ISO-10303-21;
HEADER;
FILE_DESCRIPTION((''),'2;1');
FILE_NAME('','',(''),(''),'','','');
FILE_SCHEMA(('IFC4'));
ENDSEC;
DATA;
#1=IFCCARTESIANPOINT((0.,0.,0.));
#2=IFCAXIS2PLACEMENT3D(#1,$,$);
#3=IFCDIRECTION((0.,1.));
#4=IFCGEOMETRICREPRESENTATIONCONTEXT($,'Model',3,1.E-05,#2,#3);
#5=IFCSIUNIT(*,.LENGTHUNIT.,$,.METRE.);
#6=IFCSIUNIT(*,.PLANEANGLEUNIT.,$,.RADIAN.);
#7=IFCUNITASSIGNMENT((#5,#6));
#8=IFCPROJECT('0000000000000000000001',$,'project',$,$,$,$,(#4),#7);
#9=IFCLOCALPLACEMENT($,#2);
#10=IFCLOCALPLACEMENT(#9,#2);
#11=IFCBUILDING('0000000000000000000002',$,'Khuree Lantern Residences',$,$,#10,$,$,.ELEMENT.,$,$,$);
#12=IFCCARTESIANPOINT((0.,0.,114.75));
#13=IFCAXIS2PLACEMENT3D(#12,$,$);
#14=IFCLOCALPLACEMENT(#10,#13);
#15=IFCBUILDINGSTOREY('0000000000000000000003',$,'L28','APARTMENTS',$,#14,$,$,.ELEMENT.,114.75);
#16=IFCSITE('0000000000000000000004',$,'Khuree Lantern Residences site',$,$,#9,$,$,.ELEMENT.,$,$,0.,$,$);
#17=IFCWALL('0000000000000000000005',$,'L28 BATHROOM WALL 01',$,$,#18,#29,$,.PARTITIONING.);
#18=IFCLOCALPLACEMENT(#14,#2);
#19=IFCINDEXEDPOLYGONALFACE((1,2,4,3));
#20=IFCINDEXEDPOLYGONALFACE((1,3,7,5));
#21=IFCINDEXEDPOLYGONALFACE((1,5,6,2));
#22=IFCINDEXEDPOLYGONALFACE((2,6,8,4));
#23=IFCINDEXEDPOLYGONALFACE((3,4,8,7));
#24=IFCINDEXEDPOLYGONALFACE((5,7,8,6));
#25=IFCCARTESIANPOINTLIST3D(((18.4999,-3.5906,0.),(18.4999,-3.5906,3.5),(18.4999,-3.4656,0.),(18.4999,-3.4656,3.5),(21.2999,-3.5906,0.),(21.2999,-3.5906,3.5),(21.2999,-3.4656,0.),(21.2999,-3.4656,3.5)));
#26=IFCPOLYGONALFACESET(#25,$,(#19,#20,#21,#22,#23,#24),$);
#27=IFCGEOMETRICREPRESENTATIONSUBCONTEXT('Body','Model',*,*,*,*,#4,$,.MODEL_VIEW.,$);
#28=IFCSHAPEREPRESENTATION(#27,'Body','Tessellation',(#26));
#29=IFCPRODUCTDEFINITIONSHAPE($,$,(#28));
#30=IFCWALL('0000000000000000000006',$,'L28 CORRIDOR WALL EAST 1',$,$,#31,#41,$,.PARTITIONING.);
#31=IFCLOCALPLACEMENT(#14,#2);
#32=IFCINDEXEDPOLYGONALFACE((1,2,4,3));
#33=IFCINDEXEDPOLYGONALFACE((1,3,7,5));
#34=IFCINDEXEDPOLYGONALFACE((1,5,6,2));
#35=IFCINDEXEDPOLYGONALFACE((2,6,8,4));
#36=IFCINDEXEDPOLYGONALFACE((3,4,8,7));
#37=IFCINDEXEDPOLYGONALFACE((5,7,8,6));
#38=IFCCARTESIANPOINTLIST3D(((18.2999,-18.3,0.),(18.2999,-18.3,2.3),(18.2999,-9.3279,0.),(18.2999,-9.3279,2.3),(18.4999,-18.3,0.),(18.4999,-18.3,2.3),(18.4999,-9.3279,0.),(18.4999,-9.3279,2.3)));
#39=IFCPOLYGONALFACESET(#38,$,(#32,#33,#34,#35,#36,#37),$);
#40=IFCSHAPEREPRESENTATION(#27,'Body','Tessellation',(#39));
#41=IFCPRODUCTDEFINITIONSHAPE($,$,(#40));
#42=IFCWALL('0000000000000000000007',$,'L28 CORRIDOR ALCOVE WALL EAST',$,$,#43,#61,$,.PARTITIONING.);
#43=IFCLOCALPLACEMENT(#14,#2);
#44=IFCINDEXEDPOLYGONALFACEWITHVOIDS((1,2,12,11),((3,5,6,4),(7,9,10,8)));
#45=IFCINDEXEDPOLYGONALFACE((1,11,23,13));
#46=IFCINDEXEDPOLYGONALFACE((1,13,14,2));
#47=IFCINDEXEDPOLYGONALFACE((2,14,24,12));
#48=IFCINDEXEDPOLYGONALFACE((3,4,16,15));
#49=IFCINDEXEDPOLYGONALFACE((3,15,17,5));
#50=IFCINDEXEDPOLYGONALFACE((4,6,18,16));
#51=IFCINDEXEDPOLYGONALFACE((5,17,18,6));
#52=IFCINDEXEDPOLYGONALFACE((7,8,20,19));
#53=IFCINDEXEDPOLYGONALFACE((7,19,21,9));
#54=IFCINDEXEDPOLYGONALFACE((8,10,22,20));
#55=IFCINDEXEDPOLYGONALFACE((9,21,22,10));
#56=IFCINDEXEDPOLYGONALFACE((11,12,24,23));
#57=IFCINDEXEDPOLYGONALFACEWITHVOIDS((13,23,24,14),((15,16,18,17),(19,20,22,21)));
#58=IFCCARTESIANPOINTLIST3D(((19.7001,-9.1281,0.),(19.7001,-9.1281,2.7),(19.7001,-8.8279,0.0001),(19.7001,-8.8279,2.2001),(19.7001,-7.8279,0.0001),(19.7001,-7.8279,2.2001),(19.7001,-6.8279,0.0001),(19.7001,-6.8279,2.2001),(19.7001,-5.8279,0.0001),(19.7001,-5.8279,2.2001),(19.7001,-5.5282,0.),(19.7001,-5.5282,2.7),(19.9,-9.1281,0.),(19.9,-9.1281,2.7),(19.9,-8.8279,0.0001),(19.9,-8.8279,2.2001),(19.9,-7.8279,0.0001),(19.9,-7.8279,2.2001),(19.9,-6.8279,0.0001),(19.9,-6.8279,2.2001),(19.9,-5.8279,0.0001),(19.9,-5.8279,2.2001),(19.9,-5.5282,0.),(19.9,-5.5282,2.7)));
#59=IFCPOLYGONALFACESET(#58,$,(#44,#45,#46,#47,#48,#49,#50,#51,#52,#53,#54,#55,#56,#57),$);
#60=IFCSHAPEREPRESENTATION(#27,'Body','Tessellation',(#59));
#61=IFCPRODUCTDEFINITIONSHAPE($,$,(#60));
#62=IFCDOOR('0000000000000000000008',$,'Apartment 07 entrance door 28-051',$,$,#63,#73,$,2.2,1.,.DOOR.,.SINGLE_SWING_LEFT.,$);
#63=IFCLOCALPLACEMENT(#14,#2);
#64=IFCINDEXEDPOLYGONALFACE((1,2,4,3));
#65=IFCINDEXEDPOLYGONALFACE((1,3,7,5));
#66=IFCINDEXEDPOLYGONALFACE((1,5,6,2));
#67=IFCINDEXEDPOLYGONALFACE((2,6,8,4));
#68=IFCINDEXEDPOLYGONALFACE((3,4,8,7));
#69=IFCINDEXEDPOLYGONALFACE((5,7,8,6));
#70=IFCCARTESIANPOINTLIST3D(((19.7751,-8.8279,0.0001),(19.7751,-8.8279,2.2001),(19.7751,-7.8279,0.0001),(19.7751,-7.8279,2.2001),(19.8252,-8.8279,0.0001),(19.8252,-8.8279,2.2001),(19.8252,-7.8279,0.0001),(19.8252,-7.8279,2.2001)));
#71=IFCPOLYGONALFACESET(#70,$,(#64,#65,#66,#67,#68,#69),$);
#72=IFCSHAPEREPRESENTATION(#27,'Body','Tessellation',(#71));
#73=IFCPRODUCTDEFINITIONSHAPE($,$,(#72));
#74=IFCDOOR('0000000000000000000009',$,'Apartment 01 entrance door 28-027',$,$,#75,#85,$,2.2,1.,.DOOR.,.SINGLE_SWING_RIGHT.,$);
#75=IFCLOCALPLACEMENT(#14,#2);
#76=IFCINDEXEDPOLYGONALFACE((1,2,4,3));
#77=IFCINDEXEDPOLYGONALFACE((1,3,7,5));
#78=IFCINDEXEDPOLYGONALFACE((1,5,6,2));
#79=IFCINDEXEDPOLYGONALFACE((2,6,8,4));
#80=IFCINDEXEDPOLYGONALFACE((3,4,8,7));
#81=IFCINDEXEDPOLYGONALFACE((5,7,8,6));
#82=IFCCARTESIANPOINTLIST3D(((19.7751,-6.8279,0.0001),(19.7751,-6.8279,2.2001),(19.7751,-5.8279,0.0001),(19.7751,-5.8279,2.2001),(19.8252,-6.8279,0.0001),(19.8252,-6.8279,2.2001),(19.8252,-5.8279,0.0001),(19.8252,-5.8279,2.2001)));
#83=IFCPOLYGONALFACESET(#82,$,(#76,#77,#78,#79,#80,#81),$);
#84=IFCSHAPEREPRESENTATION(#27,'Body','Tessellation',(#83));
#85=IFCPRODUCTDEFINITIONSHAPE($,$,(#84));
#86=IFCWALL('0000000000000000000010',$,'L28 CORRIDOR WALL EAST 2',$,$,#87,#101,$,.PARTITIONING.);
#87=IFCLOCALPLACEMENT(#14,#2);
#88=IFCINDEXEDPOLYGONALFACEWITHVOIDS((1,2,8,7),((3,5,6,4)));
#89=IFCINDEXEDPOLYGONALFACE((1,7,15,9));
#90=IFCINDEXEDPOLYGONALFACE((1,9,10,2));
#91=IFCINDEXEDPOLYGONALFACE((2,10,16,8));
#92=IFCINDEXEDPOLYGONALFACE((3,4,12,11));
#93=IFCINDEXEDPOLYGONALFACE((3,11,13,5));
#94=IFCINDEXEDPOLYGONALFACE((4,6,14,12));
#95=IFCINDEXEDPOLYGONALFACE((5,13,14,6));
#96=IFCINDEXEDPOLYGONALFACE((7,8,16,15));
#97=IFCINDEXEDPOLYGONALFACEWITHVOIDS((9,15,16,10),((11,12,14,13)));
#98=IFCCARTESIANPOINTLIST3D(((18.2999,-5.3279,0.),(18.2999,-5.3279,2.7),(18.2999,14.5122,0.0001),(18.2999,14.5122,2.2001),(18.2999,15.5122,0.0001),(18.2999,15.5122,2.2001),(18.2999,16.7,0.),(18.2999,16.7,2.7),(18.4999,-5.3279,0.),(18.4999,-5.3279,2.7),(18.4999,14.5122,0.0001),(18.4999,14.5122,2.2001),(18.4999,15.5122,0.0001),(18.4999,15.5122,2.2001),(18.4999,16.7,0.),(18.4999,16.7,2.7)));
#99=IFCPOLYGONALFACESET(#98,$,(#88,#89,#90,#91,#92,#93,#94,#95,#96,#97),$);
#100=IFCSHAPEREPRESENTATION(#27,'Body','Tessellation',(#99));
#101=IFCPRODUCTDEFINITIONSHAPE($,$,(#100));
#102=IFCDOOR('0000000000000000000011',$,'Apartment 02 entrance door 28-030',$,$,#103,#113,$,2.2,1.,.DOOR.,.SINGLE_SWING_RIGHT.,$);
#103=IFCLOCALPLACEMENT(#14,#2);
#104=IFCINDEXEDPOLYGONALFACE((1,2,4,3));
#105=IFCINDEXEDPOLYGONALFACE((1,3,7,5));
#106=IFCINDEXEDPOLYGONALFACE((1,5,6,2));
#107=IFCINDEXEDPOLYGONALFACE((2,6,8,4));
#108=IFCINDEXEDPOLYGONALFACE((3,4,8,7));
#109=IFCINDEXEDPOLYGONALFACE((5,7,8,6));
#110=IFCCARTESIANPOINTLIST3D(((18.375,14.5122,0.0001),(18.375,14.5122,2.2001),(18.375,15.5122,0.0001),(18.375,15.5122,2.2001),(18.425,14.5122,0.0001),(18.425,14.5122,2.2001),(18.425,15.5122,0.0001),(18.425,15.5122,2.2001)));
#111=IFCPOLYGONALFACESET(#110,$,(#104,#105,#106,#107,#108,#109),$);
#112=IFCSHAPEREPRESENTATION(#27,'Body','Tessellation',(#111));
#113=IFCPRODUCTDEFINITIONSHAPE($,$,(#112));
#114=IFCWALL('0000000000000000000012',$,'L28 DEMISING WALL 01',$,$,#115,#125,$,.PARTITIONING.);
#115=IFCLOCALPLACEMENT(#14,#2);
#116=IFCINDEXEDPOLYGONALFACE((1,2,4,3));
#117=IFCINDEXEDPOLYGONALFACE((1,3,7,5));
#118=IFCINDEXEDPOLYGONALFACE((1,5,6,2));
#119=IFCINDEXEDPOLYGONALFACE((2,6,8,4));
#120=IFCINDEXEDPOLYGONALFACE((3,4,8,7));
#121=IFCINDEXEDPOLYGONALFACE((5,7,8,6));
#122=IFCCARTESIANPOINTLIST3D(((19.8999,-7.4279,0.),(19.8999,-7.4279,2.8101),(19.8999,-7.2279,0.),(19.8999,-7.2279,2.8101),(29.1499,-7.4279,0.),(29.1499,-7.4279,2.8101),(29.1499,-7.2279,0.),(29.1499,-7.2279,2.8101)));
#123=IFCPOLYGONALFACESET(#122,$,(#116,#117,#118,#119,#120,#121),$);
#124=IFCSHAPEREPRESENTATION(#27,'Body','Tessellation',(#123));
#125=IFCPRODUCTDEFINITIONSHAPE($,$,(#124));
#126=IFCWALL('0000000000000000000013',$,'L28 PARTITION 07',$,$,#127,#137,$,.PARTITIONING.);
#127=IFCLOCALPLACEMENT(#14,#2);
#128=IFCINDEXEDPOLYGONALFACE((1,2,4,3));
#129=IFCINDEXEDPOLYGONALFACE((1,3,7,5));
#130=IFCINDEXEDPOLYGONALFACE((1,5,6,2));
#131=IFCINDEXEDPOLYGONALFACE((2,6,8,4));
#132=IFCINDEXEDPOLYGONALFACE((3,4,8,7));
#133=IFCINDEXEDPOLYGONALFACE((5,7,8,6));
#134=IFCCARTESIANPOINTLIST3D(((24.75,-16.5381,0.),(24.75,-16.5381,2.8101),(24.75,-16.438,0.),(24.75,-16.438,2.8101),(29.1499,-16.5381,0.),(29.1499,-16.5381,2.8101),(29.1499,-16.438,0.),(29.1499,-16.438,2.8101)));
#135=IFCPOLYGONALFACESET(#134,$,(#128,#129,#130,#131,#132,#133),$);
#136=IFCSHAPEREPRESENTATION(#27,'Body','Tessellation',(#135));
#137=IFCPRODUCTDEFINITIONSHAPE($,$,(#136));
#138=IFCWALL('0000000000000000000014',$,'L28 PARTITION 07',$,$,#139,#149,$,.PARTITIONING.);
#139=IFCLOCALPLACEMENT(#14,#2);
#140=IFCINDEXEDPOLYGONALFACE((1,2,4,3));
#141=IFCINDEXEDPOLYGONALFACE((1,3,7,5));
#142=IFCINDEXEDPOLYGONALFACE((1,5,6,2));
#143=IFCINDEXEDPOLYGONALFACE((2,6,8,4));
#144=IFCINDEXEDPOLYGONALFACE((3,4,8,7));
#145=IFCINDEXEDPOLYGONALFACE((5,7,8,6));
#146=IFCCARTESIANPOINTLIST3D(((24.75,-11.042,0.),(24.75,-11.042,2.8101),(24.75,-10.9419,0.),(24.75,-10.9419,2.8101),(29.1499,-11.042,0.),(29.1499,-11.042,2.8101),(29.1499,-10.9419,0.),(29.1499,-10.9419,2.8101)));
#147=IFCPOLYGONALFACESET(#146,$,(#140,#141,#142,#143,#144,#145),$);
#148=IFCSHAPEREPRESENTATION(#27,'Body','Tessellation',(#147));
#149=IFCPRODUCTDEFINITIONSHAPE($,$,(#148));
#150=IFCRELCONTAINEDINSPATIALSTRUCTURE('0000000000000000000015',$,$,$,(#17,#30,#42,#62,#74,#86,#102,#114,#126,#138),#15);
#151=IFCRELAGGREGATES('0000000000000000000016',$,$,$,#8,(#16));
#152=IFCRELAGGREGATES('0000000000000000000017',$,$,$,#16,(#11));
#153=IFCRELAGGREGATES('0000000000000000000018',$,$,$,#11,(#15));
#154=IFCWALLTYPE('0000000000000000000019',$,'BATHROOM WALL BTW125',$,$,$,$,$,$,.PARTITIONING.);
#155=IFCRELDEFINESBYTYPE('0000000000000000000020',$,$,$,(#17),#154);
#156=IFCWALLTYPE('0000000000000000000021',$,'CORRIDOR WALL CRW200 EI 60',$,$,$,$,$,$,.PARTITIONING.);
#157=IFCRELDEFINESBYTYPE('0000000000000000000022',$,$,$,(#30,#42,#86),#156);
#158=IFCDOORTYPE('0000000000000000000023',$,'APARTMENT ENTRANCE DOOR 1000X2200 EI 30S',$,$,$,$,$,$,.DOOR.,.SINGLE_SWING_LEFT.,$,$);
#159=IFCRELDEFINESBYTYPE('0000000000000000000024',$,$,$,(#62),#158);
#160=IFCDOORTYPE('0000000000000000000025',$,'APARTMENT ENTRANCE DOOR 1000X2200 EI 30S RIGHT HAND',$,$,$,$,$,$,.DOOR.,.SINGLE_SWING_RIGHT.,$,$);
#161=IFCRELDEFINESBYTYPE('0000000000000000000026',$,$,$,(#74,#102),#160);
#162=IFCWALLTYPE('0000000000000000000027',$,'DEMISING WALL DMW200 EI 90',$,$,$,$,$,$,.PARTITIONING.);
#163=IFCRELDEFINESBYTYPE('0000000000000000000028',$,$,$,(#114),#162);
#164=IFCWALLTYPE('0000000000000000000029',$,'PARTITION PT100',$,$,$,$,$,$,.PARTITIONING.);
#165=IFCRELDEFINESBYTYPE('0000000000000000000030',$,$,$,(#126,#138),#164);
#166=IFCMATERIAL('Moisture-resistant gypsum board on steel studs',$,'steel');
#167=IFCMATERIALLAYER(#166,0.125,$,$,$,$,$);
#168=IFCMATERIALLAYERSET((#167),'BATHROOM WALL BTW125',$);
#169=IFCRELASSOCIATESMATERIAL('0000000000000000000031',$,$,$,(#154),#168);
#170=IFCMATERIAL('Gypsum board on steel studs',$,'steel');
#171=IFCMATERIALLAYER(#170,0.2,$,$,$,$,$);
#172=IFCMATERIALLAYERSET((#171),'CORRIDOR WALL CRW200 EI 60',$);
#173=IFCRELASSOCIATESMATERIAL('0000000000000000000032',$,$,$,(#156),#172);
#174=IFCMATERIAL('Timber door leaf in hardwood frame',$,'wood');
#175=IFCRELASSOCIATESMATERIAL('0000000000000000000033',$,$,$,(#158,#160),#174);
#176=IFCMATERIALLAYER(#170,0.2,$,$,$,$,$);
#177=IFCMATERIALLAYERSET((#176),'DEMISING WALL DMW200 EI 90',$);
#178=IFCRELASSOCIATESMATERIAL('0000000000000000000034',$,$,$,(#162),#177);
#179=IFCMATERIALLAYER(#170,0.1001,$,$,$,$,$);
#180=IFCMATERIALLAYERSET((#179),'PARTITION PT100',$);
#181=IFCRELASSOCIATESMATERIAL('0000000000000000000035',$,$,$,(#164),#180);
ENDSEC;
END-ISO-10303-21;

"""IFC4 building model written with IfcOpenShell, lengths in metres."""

from ifc_helpers import new_model, si_unit, direction, frame, frame_2d, origin, place, context, subcontext, project, spatial, rectangle, extrude, material, layer, layer_set, type_object, element, fill, save


model = new_model("IFC4")

# Units and contexts
model_context = context("Model", 3, precision=1e-05, world=origin(), true_north=direction((0.0, 1.0)))
body_context = subcontext(model_context, "Body", "Model", "MODEL_VIEW")
ifc_project = project(units=[si_unit("LENGTHUNIT", "METRE"), si_unit("PLANEANGLEUNIT", "RADIAN")], contexts=[model_context])

# Site, building, storey
site_placement = place(None, origin())
site = spatial("IfcSite", under=ifc_project, at=site_placement, Name="Khuree Lantern Residences site", CompositionType="ELEMENT", RefElevation=0.0)
building_placement = place(site_placement, origin())
building = spatial("IfcBuilding", under=site, at=building_placement, Name="Khuree Lantern Residences", CompositionType="ELEMENT")
storey_placement = place(building_placement, frame((0.0, 0.0, 114.75)))
storey = spatial("IfcBuildingStorey", under=building, at=storey_placement, Name="L28", Description="APARTMENTS", CompositionType="ELEMENT", Elevation=114.75)

# Shared definitions
ifc_material_1 = material(Name="Moisture-resistant gypsum board on steel studs", Category="steel")
ifc_layer_1 = layer(ifc_material_1, 0.125)
ifc_layer_set_1 = layer_set([ifc_layer_1], Name="BATHROOM WALL BTW125")
wall_type_1 = type_object("IfcWallType", Name="BATHROOM WALL BTW125", PredefinedType="PARTITIONING", material=ifc_layer_set_1)
ifc_material_2 = material(Name="Timber door leaf in hardwood frame", Category="wood")

# Walls
wall_1_placement = place(storey_placement, frame((18.5, -3.5281, 0.0), z_axis=(0.0, 0.0, 1.0), x_axis=(1.0, 0.0, 0.0)))
element("IfcWall", 1, at=wall_1_placement, inside=storey, type_object=wall_type_1, Name="L28 BATHROOM WALL 01", PredefinedType="PARTITIONING", context=body_context, shape_type="SweptSolid", body=[
    extrude(rectangle(XDim=2.8, YDim=0.125, at=frame_2d((1.3999, 0.0))), origin(), (0.0, 0.0, 1.0), 3.5),
])
ifc_material_3 = material(Name="Gypsum board on steel studs", Category="steel")
ifc_layer_2 = layer(ifc_material_3, 0.2)
ifc_layer_set_2 = layer_set([ifc_layer_2], Name="CORRIDOR WALL CRW200 EI 60")
wall_type_2 = type_object("IfcWallType", Name="CORRIDOR WALL CRW200 EI 60", PredefinedType="PARTITIONING", material=ifc_layer_set_2)
wall_2_placement = place(storey_placement, frame((18.3999, -18.3, 0.0), z_axis=(0.0, 0.0, 1.0), x_axis=(0.0, 1.0, 0.0)))
element("IfcWall", 2, at=wall_2_placement, inside=storey, type_object=wall_type_2, Name="L28 CORRIDOR WALL EAST 1", PredefinedType="PARTITIONING", context=body_context, shape_type="SweptSolid", body=[
    extrude(rectangle(XDim=8.9722, YDim=0.2, at=frame_2d((4.4861, 0.0))), origin(), (0.0, 0.0, 1.0), 2.3),
])

# Wall, openings, doors
wall_3_placement = place(storey_placement, frame((19.8, -9.1279, 0.0), z_axis=(0.0, 0.0, 1.0), x_axis=(0.0, 1.0, 0.0)))
wall_3 = element("IfcWall", 3, at=wall_3_placement, inside=storey, type_object=wall_type_2, Name="L28 CORRIDOR ALCOVE WALL EAST", PredefinedType="PARTITIONING", context=body_context, shape_type="SweptSolid", body=[
    extrude(rectangle(XDim=3.5999, YDim=0.2, at=frame_2d((1.7998, 0.0))), origin(), (0.0, 0.0, 1.0), 2.7),
])
opening_1_placement = place(wall_3_placement, frame((2.3, 0.0, 0.0)))
opening_1 = element("IfcOpeningElement", 4, at=opening_1_placement, cuts=wall_3, PredefinedType="OPENING", context=body_context, shape_type="SweptSolid", body=[
    extrude(rectangle(XDim=1.0, YDim=2.2, at=frame_2d((0.5, 1.1001))), frame((0.0, 0.1099, 0.0), z_axis=(0.0, -1.0, 0.0), x_axis=(1.0, 0.0, 0.0)), (0.0, 0.0, 1.0), 0.22),
])
opening_2_placement = place(wall_3_placement, frame((0.3, 0.0, 0.0)))
opening_2 = element("IfcOpeningElement", 5, at=opening_2_placement, cuts=wall_3, PredefinedType="OPENING", context=body_context, shape_type="SweptSolid", body=[
    extrude(rectangle(XDim=1.0, YDim=2.2, at=frame_2d((0.5, 1.1001))), frame((0.0, 0.1099, 0.0), z_axis=(0.0, -1.0, 0.0), x_axis=(1.0, 0.0, 0.0)), (0.0, 0.0, 1.0), 0.22),
])
door_type_1 = type_object("IfcDoorType", Name="APARTMENT ENTRANCE DOOR 1000X2200 EI 30S", OperationType="SINGLE_SWING_LEFT", PredefinedType="DOOR", material=ifc_material_2)
door_1_placement = place(opening_2_placement, origin())
door_1 = element("IfcDoor", 6, at=door_1_placement, inside=storey, type_object=door_type_1, Name="Apartment 07 entrance door 28-051", OperationType="SINGLE_SWING_LEFT", OverallHeight=2.2, OverallWidth=1.0, PredefinedType="DOOR", context=body_context, shape_type="SweptSolid", body=[
    extrude(rectangle(XDim=1.0, YDim=2.2, at=frame_2d((0.5, 1.1001))), frame((0.0, 0.0249, 0.0), z_axis=(0.0, -1.0, 0.0), x_axis=(1.0, 0.0, 0.0)), (0.0, 0.0, 1.0), 0.05),
])
fill(opening_2, door_1)
door_type_2 = type_object("IfcDoorType", Name="APARTMENT ENTRANCE DOOR 1000X2200 EI 30S RIGHT HAND", OperationType="SINGLE_SWING_RIGHT", PredefinedType="DOOR", material=ifc_material_2)
door_2_placement = place(opening_1_placement, origin())
door_2 = element("IfcDoor", 7, at=door_2_placement, inside=storey, type_object=door_type_2, Name="Apartment 01 entrance door 28-027", OperationType="SINGLE_SWING_RIGHT", OverallHeight=2.2, OverallWidth=1.0, PredefinedType="DOOR", context=body_context, shape_type="SweptSolid", body=[
    extrude(rectangle(XDim=1.0, YDim=2.2, at=frame_2d((0.5, 1.1001))), frame((0.0, 0.0249, 0.0), z_axis=(0.0, -1.0, 0.0), x_axis=(1.0, 0.0, 0.0)), (0.0, 0.0, 1.0), 0.05),
])
fill(opening_1, door_2)

# Wall, opening, door
wall_4_placement = place(storey_placement, frame((18.3999, -5.3279, 0.0), z_axis=(0.0, 0.0, 1.0), x_axis=(0.0, 1.0, 0.0)))
wall_4 = element("IfcWall", 8, at=wall_4_placement, inside=storey, type_object=wall_type_2, Name="L28 CORRIDOR WALL EAST 2", PredefinedType="PARTITIONING", context=body_context, shape_type="SweptSolid", body=[
    extrude(rectangle(XDim=22.0278, YDim=0.2, at=frame_2d((11.0139, 0.0))), origin(), (0.0, 0.0, 1.0), 2.7),
])
opening_3_placement = place(wall_4_placement, frame((19.8401, 0.0, 0.0)))
opening_3 = element("IfcOpeningElement", 9, at=opening_3_placement, cuts=wall_4, PredefinedType="OPENING", context=body_context, shape_type="SweptSolid", body=[
    extrude(rectangle(XDim=1.0, YDim=2.2, at=frame_2d((0.5, 1.1001))), frame((0.0, 0.1099, 0.0), z_axis=(0.0, -1.0, 0.0), x_axis=(1.0, 0.0, 0.0)), (0.0, 0.0, 1.0), 0.22),
])
door_3_placement = place(opening_3_placement, origin())
door_3 = element("IfcDoor", 10, at=door_3_placement, inside=storey, type_object=door_type_2, Name="Apartment 02 entrance door 28-030", OperationType="SINGLE_SWING_RIGHT", OverallHeight=2.2, OverallWidth=1.0, PredefinedType="DOOR", context=body_context, shape_type="SweptSolid", body=[
    extrude(rectangle(XDim=1.0, YDim=2.2, at=frame_2d((0.5, 1.1001))), frame((0.0, 0.0249, 0.0), z_axis=(0.0, -1.0, 0.0), x_axis=(1.0, 0.0, 0.0)), (0.0, 0.0, 1.0), 0.05),
])
fill(opening_3, door_3)

# Walls
ifc_layer_3 = layer(ifc_material_3, 0.2)
ifc_layer_set_3 = layer_set([ifc_layer_3], Name="DEMISING WALL DMW200 EI 90")
wall_type_3 = type_object("IfcWallType", Name="DEMISING WALL DMW200 EI 90", PredefinedType="PARTITIONING", material=ifc_layer_set_3)
wall_5_placement = place(storey_placement, frame((19.8999, -7.3279, 0.0), z_axis=(0.0, 0.0, 1.0), x_axis=(1.0, 0.0, 0.0)))
element("IfcWall", 11, at=wall_5_placement, inside=storey, type_object=wall_type_3, Name="L28 DEMISING WALL 01", PredefinedType="PARTITIONING", context=body_context, shape_type="SweptSolid", body=[
    extrude(rectangle(XDim=9.25, YDim=0.2, at=frame_2d((4.625, 0.0))), origin(), (0.0, 0.0, 1.0), 2.8101),
])
ifc_layer_4 = layer(ifc_material_3, 0.1001)
ifc_layer_set_4 = layer_set([ifc_layer_4], Name="PARTITION PT100")
wall_type_4 = type_object("IfcWallType", Name="PARTITION PT100", PredefinedType="PARTITIONING", material=ifc_layer_set_4)
for number, where, z_axis, x_axis, name in (
    (12, (24.75, -16.488, 0.0), (0.0, 0.0, 1.0), (1.0, 0.0, 0.0), "L28 PARTITION 07"),
    (13, (24.75, -10.9919, 0.0), (0.0, 0.0, 1.0), (1.0, 0.0, 0.0), "L28 PARTITION 07"),
):
    element("IfcWall", number, at=place(storey_placement, frame(where, z_axis=z_axis, x_axis=x_axis)), inside=storey, type_object=wall_type_4, Name=name, PredefinedType="PARTITIONING", context=body_context, shape_type="SweptSolid", body=[
        extrude(rectangle(XDim=4.3999, YDim=0.1001, at=frame_2d((2.2, 0.0))), origin(), (0.0, 0.0, 1.0), 2.8101),
    ])

save(model, "model.ifc")
